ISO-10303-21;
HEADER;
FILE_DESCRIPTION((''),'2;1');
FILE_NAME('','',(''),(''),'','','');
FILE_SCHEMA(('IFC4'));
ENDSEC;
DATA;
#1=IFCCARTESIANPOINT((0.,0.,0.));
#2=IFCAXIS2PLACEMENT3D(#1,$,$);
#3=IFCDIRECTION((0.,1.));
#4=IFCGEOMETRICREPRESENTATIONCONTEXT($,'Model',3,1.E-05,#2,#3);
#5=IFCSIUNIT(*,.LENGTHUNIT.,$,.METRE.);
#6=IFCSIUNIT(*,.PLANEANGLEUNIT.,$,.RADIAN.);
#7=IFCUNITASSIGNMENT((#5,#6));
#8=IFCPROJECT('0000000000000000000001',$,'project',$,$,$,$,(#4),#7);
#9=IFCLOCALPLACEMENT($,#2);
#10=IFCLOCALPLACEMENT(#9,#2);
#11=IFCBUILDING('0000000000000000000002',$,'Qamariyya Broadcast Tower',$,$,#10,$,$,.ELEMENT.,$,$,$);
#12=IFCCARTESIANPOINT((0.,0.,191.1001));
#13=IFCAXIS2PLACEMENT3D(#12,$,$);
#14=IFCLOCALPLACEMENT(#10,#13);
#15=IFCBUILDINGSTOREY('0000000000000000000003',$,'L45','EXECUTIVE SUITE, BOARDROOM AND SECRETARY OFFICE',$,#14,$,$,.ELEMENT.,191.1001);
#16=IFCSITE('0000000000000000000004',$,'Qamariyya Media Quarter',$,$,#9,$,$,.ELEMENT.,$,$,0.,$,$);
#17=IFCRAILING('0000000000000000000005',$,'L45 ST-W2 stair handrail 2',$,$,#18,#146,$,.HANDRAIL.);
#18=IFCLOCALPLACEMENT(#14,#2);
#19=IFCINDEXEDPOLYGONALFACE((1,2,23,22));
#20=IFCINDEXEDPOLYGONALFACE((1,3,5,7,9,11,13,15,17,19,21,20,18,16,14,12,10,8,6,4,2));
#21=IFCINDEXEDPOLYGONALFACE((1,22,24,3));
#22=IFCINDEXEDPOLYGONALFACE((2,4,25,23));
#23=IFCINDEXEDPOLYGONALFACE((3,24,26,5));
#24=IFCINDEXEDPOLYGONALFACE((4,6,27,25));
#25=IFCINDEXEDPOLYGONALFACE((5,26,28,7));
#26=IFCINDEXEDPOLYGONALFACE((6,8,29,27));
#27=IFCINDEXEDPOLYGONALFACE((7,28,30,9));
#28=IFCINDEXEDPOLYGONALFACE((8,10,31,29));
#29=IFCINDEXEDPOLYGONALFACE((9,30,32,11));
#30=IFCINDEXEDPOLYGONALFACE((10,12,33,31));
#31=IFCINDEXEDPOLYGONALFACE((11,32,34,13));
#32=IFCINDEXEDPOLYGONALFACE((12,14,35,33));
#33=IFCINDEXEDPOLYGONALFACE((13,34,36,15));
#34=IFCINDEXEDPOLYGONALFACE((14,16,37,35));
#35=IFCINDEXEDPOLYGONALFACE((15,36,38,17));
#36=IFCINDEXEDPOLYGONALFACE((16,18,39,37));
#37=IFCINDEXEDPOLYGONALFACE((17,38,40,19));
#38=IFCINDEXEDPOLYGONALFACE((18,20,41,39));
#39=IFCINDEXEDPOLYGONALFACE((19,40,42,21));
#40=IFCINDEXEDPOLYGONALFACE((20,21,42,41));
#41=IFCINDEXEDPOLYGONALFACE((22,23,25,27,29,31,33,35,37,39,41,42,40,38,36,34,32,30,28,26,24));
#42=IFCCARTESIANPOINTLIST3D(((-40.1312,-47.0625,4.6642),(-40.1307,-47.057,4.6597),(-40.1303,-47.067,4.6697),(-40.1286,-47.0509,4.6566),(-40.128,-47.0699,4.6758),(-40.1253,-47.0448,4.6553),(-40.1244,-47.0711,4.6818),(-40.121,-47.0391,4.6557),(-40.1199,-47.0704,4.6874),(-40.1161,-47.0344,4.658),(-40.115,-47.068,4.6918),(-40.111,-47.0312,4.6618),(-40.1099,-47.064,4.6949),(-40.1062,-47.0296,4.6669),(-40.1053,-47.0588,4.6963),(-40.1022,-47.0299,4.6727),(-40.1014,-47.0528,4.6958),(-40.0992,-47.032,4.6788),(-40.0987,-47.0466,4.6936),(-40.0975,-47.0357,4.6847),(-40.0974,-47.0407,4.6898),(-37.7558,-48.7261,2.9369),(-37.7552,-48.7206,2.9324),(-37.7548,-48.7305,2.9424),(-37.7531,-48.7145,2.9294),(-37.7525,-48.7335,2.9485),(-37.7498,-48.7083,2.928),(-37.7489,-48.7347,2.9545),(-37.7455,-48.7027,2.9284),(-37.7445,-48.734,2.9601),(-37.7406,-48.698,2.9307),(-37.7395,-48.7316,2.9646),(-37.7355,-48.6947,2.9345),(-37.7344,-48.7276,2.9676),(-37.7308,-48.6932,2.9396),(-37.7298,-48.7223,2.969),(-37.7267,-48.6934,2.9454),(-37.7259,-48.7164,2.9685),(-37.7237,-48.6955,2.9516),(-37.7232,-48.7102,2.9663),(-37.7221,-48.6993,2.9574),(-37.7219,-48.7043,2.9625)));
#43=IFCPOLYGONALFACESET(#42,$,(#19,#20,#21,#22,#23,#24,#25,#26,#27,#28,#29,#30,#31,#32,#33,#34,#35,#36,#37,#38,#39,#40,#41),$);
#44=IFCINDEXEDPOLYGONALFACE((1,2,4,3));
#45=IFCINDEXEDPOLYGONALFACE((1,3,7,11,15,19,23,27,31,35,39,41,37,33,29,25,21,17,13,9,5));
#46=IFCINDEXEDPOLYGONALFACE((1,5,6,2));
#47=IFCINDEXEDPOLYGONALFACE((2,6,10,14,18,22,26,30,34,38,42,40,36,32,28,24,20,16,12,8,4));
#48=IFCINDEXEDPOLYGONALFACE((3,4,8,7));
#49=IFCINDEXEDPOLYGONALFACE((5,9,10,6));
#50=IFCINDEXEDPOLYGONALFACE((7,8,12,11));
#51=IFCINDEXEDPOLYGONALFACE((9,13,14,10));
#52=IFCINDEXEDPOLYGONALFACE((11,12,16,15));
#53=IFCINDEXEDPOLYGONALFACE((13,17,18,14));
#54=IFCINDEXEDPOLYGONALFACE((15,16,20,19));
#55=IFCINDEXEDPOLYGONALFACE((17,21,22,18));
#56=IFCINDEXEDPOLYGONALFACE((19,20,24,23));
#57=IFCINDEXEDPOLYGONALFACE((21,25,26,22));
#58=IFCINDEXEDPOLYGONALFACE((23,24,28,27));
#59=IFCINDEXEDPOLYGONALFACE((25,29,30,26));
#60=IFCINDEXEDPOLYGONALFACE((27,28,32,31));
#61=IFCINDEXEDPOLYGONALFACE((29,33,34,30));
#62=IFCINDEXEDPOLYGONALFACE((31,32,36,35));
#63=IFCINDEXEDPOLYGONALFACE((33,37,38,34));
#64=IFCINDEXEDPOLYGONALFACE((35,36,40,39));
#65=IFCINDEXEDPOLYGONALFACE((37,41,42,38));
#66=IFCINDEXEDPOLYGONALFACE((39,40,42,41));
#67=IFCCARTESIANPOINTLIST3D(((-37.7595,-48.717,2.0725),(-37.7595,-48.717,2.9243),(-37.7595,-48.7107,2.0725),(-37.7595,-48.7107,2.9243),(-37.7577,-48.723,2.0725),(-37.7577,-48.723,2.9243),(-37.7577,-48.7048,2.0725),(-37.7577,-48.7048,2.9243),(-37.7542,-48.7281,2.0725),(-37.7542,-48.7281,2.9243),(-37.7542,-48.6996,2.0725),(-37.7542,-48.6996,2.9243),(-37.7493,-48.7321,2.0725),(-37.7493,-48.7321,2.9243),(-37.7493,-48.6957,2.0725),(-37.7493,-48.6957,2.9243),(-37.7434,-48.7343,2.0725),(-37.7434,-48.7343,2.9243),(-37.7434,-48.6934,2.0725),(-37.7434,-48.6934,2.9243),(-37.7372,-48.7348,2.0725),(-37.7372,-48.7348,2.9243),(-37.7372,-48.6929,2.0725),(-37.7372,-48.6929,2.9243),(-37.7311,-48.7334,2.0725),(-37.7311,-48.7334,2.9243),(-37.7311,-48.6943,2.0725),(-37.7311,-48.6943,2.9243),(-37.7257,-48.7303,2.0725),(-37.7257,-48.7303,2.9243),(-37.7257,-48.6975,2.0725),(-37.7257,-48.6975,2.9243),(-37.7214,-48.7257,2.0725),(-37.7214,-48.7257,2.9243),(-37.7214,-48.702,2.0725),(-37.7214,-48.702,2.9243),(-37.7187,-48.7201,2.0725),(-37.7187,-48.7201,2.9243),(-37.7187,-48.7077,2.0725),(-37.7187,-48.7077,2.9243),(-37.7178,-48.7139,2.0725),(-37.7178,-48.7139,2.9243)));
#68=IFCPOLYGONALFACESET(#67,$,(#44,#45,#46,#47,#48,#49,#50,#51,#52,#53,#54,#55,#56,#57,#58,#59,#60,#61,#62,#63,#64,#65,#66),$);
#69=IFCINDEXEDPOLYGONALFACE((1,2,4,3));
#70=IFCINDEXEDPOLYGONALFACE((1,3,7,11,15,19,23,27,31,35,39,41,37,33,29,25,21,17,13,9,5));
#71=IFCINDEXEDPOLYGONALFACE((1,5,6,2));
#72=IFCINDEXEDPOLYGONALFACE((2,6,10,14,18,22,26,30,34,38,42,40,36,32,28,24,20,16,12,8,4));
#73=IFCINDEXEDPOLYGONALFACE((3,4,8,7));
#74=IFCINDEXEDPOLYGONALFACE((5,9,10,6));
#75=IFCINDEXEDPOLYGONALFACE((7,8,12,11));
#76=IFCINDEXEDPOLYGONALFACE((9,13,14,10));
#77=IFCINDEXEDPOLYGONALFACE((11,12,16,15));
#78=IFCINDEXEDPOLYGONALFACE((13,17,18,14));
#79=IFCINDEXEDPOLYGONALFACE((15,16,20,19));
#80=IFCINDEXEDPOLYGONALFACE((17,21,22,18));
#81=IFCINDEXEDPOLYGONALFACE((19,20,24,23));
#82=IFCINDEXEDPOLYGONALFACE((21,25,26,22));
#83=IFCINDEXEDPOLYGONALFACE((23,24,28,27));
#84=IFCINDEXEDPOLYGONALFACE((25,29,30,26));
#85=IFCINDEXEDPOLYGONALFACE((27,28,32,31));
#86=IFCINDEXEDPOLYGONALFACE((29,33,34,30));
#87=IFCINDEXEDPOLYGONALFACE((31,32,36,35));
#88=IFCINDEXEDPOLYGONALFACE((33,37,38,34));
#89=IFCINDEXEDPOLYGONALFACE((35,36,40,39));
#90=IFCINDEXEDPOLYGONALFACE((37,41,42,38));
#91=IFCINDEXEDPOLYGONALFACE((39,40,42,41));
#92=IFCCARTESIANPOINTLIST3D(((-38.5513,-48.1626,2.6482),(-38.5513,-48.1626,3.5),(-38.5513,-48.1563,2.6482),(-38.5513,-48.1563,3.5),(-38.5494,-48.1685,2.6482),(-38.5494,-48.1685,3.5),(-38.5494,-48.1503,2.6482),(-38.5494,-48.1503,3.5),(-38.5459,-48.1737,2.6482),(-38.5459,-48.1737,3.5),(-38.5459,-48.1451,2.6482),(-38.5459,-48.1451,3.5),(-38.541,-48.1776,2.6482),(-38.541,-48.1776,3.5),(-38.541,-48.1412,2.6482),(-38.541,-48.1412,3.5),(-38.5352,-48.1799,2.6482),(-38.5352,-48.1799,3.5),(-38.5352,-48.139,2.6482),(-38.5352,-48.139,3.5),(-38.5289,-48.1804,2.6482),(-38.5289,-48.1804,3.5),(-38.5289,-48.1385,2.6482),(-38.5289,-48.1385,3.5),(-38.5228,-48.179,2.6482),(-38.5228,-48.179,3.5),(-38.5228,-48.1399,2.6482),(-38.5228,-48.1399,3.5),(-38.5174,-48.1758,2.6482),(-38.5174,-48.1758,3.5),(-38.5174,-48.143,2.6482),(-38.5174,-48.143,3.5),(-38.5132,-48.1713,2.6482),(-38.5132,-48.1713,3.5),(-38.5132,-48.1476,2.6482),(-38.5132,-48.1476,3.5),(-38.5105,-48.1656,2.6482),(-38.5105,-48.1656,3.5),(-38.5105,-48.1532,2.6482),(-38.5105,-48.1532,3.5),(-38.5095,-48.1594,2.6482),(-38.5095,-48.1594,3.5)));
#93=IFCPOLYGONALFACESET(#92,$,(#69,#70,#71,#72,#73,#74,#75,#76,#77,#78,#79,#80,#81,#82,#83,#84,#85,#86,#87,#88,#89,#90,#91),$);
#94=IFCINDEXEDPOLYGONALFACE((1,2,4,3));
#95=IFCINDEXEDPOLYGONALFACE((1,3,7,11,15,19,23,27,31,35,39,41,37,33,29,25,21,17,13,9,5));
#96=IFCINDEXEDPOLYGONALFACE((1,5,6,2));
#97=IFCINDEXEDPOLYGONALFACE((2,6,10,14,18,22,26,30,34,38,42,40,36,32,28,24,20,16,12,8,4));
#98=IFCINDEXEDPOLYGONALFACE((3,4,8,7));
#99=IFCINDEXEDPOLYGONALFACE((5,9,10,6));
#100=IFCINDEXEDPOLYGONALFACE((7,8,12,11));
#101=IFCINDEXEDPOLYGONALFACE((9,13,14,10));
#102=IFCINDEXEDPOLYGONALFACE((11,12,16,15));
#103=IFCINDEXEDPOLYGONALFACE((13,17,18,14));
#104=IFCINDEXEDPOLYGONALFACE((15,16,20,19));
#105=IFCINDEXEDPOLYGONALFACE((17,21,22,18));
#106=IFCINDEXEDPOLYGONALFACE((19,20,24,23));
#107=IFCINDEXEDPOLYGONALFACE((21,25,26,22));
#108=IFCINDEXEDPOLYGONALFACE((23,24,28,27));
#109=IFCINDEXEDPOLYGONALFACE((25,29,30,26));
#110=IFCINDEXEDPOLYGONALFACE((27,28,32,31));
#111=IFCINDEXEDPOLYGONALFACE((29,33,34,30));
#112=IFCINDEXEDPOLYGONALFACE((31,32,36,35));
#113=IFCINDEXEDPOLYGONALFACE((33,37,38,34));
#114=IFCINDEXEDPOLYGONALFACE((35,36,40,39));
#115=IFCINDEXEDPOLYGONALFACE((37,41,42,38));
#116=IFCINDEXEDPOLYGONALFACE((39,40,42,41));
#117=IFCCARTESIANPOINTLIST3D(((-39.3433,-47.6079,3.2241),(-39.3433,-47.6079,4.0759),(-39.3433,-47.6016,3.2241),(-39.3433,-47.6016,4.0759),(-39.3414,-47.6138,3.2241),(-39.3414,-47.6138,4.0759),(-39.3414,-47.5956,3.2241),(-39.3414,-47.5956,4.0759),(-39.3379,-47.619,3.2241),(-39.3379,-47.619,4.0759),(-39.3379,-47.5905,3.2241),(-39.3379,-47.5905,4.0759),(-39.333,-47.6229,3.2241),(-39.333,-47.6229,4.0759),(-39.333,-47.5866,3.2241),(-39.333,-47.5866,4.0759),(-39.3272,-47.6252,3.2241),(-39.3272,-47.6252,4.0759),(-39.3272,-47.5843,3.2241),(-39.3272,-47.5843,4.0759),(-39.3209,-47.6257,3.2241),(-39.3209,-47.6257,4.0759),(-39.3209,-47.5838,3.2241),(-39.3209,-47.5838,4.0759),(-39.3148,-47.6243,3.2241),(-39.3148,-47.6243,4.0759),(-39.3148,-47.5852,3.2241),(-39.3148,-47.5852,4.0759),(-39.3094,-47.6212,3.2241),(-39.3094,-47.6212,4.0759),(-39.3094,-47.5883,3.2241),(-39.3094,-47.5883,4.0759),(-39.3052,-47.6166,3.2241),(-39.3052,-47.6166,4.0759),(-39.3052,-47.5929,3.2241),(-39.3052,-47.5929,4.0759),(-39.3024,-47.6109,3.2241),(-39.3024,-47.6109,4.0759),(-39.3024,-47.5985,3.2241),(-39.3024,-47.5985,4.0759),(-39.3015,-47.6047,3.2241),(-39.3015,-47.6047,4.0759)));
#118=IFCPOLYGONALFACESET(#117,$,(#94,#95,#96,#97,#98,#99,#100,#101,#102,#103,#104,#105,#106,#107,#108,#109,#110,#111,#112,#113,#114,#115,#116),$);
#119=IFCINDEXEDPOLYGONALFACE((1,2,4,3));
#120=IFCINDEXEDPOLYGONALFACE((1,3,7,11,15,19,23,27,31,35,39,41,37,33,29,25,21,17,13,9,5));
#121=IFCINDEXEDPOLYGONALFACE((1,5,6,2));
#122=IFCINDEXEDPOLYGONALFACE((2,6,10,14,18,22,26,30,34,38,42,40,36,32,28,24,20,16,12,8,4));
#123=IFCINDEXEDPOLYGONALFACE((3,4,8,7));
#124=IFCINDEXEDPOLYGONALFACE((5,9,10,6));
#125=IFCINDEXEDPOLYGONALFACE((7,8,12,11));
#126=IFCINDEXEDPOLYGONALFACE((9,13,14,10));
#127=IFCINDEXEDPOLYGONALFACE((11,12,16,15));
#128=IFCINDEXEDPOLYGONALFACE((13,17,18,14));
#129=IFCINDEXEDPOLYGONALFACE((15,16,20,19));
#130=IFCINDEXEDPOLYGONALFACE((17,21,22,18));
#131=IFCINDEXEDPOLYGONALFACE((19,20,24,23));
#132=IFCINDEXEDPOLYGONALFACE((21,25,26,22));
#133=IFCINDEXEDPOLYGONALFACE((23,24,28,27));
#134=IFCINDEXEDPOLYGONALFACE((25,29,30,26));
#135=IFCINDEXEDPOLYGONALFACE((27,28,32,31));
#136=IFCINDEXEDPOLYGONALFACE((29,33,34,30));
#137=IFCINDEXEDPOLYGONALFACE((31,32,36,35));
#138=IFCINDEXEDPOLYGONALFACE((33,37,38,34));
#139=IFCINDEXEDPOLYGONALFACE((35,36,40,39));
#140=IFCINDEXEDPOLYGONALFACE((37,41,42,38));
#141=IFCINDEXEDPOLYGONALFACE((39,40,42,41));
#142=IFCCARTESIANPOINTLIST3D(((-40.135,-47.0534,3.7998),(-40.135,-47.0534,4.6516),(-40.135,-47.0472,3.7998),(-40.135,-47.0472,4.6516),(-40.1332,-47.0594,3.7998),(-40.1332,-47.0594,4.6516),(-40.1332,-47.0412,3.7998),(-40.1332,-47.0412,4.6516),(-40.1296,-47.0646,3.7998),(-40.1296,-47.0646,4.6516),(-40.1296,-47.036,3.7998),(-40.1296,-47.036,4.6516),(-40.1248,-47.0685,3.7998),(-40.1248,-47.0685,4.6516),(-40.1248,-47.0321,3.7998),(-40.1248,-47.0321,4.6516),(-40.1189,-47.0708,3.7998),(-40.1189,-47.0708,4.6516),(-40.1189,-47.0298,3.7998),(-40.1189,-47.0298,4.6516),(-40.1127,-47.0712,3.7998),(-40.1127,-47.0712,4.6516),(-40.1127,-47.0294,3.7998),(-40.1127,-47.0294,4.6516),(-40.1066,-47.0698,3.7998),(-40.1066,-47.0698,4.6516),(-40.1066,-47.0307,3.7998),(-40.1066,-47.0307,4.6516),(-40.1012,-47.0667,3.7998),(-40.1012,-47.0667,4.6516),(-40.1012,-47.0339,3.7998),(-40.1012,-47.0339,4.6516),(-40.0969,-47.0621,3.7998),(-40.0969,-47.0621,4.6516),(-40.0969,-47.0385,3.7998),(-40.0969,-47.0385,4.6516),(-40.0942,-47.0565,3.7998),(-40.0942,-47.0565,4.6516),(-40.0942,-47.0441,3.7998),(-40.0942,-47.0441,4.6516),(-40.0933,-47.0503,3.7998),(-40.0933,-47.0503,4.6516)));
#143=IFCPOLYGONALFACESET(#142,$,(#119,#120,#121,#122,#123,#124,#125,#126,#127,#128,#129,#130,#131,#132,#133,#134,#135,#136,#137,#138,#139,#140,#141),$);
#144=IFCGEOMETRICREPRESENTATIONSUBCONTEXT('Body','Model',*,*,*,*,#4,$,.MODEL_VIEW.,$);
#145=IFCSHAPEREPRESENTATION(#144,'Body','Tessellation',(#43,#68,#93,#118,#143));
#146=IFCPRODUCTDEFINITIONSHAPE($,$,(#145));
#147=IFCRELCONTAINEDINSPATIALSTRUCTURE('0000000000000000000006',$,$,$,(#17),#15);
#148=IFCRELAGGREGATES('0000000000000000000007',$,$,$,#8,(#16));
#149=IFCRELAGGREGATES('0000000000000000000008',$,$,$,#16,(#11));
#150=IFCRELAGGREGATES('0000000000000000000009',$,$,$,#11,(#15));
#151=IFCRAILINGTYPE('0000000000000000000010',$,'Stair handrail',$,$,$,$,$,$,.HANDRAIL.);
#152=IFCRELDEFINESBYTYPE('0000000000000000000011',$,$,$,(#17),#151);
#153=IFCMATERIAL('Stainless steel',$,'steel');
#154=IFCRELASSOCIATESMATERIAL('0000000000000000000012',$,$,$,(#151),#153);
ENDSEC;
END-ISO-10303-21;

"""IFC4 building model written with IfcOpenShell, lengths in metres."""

from ifc_helpers import new_model, si_unit, direction, frame, origin, origin_2d, place, context, subcontext, project, spatial, circle, extrude, material, type_object, element, save


model = new_model("IFC4")

# Units and contexts
model_context = context("Model", 3, precision=1e-05, world=origin(), true_north=direction((0.0, 1.0)))
body_context = subcontext(model_context, "Body", "Model", "MODEL_VIEW")
ifc_project = project(units=[si_unit("LENGTHUNIT", "METRE"), si_unit("PLANEANGLEUNIT", "RADIAN")], contexts=[model_context])

# Site, building, storey
site_placement = place(None, origin())
site = spatial("IfcSite", under=ifc_project, at=site_placement, Name="Qamariyya Media Quarter", CompositionType="ELEMENT", RefElevation=0.0)
building_placement = place(site_placement, origin())
building = spatial("IfcBuilding", under=site, at=building_placement, Name="Qamariyya Broadcast Tower", CompositionType="ELEMENT")
storey_placement = place(building_placement, frame((0.0, 0.0, 191.1001)))
storey = spatial("IfcBuildingStorey", under=building, at=storey_placement, Name="L45", Description="EXECUTIVE SUITE, BOARDROOM AND SECRETARY OFFICE", CompositionType="ELEMENT", Elevation=191.1001)

# Railing
ifc_material_1 = material(Name="Stainless steel", Category="steel")
railing_type_1 = type_object("IfcRailingType", Name="Stair handrail", PredefinedType="HANDRAIL", material=ifc_material_1)
railing_1_placement = place(storey_placement, frame((-37.7388, -48.7139, 2.0725)))
element("IfcRailing", 1, at=railing_1_placement, inside=storey, type_object=railing_type_1, Name="L45 ST-W2 stair handrail 2", PredefinedType="HANDRAIL", context=body_context, shape_type="SweptSolid", body=[
    extrude(circle(Radius=0.0239, at=origin_2d()), frame((0.0, 0.0, 0.876), z_axis=(-0.703745, 0.492838, 0.511716), x_axis=(-0.573632, -0.819113, 0.0)), (0.0, 0.0, 1.0), 3.3755),
    extrude(circle(Radius=0.021, at=origin_2d()), origin(), (0.0, 0.0, 1.0), 0.8518),
    extrude(circle(Radius=0.021, at=origin_2d()), frame((-0.7917, 0.5544, 0.5757)), (0.0, 0.0, 1.0), 0.8518),
    extrude(circle(Radius=0.021, at=origin_2d()), frame((-1.5837, 1.1091, 1.1516)), (0.0, 0.0, 1.0), 0.8518),
    extrude(circle(Radius=0.021, at=origin_2d()), frame((-2.3755, 1.6636, 1.7273)), (0.0, 0.0, 1.0), 0.8518),
])

save(model, "model.ifc")
